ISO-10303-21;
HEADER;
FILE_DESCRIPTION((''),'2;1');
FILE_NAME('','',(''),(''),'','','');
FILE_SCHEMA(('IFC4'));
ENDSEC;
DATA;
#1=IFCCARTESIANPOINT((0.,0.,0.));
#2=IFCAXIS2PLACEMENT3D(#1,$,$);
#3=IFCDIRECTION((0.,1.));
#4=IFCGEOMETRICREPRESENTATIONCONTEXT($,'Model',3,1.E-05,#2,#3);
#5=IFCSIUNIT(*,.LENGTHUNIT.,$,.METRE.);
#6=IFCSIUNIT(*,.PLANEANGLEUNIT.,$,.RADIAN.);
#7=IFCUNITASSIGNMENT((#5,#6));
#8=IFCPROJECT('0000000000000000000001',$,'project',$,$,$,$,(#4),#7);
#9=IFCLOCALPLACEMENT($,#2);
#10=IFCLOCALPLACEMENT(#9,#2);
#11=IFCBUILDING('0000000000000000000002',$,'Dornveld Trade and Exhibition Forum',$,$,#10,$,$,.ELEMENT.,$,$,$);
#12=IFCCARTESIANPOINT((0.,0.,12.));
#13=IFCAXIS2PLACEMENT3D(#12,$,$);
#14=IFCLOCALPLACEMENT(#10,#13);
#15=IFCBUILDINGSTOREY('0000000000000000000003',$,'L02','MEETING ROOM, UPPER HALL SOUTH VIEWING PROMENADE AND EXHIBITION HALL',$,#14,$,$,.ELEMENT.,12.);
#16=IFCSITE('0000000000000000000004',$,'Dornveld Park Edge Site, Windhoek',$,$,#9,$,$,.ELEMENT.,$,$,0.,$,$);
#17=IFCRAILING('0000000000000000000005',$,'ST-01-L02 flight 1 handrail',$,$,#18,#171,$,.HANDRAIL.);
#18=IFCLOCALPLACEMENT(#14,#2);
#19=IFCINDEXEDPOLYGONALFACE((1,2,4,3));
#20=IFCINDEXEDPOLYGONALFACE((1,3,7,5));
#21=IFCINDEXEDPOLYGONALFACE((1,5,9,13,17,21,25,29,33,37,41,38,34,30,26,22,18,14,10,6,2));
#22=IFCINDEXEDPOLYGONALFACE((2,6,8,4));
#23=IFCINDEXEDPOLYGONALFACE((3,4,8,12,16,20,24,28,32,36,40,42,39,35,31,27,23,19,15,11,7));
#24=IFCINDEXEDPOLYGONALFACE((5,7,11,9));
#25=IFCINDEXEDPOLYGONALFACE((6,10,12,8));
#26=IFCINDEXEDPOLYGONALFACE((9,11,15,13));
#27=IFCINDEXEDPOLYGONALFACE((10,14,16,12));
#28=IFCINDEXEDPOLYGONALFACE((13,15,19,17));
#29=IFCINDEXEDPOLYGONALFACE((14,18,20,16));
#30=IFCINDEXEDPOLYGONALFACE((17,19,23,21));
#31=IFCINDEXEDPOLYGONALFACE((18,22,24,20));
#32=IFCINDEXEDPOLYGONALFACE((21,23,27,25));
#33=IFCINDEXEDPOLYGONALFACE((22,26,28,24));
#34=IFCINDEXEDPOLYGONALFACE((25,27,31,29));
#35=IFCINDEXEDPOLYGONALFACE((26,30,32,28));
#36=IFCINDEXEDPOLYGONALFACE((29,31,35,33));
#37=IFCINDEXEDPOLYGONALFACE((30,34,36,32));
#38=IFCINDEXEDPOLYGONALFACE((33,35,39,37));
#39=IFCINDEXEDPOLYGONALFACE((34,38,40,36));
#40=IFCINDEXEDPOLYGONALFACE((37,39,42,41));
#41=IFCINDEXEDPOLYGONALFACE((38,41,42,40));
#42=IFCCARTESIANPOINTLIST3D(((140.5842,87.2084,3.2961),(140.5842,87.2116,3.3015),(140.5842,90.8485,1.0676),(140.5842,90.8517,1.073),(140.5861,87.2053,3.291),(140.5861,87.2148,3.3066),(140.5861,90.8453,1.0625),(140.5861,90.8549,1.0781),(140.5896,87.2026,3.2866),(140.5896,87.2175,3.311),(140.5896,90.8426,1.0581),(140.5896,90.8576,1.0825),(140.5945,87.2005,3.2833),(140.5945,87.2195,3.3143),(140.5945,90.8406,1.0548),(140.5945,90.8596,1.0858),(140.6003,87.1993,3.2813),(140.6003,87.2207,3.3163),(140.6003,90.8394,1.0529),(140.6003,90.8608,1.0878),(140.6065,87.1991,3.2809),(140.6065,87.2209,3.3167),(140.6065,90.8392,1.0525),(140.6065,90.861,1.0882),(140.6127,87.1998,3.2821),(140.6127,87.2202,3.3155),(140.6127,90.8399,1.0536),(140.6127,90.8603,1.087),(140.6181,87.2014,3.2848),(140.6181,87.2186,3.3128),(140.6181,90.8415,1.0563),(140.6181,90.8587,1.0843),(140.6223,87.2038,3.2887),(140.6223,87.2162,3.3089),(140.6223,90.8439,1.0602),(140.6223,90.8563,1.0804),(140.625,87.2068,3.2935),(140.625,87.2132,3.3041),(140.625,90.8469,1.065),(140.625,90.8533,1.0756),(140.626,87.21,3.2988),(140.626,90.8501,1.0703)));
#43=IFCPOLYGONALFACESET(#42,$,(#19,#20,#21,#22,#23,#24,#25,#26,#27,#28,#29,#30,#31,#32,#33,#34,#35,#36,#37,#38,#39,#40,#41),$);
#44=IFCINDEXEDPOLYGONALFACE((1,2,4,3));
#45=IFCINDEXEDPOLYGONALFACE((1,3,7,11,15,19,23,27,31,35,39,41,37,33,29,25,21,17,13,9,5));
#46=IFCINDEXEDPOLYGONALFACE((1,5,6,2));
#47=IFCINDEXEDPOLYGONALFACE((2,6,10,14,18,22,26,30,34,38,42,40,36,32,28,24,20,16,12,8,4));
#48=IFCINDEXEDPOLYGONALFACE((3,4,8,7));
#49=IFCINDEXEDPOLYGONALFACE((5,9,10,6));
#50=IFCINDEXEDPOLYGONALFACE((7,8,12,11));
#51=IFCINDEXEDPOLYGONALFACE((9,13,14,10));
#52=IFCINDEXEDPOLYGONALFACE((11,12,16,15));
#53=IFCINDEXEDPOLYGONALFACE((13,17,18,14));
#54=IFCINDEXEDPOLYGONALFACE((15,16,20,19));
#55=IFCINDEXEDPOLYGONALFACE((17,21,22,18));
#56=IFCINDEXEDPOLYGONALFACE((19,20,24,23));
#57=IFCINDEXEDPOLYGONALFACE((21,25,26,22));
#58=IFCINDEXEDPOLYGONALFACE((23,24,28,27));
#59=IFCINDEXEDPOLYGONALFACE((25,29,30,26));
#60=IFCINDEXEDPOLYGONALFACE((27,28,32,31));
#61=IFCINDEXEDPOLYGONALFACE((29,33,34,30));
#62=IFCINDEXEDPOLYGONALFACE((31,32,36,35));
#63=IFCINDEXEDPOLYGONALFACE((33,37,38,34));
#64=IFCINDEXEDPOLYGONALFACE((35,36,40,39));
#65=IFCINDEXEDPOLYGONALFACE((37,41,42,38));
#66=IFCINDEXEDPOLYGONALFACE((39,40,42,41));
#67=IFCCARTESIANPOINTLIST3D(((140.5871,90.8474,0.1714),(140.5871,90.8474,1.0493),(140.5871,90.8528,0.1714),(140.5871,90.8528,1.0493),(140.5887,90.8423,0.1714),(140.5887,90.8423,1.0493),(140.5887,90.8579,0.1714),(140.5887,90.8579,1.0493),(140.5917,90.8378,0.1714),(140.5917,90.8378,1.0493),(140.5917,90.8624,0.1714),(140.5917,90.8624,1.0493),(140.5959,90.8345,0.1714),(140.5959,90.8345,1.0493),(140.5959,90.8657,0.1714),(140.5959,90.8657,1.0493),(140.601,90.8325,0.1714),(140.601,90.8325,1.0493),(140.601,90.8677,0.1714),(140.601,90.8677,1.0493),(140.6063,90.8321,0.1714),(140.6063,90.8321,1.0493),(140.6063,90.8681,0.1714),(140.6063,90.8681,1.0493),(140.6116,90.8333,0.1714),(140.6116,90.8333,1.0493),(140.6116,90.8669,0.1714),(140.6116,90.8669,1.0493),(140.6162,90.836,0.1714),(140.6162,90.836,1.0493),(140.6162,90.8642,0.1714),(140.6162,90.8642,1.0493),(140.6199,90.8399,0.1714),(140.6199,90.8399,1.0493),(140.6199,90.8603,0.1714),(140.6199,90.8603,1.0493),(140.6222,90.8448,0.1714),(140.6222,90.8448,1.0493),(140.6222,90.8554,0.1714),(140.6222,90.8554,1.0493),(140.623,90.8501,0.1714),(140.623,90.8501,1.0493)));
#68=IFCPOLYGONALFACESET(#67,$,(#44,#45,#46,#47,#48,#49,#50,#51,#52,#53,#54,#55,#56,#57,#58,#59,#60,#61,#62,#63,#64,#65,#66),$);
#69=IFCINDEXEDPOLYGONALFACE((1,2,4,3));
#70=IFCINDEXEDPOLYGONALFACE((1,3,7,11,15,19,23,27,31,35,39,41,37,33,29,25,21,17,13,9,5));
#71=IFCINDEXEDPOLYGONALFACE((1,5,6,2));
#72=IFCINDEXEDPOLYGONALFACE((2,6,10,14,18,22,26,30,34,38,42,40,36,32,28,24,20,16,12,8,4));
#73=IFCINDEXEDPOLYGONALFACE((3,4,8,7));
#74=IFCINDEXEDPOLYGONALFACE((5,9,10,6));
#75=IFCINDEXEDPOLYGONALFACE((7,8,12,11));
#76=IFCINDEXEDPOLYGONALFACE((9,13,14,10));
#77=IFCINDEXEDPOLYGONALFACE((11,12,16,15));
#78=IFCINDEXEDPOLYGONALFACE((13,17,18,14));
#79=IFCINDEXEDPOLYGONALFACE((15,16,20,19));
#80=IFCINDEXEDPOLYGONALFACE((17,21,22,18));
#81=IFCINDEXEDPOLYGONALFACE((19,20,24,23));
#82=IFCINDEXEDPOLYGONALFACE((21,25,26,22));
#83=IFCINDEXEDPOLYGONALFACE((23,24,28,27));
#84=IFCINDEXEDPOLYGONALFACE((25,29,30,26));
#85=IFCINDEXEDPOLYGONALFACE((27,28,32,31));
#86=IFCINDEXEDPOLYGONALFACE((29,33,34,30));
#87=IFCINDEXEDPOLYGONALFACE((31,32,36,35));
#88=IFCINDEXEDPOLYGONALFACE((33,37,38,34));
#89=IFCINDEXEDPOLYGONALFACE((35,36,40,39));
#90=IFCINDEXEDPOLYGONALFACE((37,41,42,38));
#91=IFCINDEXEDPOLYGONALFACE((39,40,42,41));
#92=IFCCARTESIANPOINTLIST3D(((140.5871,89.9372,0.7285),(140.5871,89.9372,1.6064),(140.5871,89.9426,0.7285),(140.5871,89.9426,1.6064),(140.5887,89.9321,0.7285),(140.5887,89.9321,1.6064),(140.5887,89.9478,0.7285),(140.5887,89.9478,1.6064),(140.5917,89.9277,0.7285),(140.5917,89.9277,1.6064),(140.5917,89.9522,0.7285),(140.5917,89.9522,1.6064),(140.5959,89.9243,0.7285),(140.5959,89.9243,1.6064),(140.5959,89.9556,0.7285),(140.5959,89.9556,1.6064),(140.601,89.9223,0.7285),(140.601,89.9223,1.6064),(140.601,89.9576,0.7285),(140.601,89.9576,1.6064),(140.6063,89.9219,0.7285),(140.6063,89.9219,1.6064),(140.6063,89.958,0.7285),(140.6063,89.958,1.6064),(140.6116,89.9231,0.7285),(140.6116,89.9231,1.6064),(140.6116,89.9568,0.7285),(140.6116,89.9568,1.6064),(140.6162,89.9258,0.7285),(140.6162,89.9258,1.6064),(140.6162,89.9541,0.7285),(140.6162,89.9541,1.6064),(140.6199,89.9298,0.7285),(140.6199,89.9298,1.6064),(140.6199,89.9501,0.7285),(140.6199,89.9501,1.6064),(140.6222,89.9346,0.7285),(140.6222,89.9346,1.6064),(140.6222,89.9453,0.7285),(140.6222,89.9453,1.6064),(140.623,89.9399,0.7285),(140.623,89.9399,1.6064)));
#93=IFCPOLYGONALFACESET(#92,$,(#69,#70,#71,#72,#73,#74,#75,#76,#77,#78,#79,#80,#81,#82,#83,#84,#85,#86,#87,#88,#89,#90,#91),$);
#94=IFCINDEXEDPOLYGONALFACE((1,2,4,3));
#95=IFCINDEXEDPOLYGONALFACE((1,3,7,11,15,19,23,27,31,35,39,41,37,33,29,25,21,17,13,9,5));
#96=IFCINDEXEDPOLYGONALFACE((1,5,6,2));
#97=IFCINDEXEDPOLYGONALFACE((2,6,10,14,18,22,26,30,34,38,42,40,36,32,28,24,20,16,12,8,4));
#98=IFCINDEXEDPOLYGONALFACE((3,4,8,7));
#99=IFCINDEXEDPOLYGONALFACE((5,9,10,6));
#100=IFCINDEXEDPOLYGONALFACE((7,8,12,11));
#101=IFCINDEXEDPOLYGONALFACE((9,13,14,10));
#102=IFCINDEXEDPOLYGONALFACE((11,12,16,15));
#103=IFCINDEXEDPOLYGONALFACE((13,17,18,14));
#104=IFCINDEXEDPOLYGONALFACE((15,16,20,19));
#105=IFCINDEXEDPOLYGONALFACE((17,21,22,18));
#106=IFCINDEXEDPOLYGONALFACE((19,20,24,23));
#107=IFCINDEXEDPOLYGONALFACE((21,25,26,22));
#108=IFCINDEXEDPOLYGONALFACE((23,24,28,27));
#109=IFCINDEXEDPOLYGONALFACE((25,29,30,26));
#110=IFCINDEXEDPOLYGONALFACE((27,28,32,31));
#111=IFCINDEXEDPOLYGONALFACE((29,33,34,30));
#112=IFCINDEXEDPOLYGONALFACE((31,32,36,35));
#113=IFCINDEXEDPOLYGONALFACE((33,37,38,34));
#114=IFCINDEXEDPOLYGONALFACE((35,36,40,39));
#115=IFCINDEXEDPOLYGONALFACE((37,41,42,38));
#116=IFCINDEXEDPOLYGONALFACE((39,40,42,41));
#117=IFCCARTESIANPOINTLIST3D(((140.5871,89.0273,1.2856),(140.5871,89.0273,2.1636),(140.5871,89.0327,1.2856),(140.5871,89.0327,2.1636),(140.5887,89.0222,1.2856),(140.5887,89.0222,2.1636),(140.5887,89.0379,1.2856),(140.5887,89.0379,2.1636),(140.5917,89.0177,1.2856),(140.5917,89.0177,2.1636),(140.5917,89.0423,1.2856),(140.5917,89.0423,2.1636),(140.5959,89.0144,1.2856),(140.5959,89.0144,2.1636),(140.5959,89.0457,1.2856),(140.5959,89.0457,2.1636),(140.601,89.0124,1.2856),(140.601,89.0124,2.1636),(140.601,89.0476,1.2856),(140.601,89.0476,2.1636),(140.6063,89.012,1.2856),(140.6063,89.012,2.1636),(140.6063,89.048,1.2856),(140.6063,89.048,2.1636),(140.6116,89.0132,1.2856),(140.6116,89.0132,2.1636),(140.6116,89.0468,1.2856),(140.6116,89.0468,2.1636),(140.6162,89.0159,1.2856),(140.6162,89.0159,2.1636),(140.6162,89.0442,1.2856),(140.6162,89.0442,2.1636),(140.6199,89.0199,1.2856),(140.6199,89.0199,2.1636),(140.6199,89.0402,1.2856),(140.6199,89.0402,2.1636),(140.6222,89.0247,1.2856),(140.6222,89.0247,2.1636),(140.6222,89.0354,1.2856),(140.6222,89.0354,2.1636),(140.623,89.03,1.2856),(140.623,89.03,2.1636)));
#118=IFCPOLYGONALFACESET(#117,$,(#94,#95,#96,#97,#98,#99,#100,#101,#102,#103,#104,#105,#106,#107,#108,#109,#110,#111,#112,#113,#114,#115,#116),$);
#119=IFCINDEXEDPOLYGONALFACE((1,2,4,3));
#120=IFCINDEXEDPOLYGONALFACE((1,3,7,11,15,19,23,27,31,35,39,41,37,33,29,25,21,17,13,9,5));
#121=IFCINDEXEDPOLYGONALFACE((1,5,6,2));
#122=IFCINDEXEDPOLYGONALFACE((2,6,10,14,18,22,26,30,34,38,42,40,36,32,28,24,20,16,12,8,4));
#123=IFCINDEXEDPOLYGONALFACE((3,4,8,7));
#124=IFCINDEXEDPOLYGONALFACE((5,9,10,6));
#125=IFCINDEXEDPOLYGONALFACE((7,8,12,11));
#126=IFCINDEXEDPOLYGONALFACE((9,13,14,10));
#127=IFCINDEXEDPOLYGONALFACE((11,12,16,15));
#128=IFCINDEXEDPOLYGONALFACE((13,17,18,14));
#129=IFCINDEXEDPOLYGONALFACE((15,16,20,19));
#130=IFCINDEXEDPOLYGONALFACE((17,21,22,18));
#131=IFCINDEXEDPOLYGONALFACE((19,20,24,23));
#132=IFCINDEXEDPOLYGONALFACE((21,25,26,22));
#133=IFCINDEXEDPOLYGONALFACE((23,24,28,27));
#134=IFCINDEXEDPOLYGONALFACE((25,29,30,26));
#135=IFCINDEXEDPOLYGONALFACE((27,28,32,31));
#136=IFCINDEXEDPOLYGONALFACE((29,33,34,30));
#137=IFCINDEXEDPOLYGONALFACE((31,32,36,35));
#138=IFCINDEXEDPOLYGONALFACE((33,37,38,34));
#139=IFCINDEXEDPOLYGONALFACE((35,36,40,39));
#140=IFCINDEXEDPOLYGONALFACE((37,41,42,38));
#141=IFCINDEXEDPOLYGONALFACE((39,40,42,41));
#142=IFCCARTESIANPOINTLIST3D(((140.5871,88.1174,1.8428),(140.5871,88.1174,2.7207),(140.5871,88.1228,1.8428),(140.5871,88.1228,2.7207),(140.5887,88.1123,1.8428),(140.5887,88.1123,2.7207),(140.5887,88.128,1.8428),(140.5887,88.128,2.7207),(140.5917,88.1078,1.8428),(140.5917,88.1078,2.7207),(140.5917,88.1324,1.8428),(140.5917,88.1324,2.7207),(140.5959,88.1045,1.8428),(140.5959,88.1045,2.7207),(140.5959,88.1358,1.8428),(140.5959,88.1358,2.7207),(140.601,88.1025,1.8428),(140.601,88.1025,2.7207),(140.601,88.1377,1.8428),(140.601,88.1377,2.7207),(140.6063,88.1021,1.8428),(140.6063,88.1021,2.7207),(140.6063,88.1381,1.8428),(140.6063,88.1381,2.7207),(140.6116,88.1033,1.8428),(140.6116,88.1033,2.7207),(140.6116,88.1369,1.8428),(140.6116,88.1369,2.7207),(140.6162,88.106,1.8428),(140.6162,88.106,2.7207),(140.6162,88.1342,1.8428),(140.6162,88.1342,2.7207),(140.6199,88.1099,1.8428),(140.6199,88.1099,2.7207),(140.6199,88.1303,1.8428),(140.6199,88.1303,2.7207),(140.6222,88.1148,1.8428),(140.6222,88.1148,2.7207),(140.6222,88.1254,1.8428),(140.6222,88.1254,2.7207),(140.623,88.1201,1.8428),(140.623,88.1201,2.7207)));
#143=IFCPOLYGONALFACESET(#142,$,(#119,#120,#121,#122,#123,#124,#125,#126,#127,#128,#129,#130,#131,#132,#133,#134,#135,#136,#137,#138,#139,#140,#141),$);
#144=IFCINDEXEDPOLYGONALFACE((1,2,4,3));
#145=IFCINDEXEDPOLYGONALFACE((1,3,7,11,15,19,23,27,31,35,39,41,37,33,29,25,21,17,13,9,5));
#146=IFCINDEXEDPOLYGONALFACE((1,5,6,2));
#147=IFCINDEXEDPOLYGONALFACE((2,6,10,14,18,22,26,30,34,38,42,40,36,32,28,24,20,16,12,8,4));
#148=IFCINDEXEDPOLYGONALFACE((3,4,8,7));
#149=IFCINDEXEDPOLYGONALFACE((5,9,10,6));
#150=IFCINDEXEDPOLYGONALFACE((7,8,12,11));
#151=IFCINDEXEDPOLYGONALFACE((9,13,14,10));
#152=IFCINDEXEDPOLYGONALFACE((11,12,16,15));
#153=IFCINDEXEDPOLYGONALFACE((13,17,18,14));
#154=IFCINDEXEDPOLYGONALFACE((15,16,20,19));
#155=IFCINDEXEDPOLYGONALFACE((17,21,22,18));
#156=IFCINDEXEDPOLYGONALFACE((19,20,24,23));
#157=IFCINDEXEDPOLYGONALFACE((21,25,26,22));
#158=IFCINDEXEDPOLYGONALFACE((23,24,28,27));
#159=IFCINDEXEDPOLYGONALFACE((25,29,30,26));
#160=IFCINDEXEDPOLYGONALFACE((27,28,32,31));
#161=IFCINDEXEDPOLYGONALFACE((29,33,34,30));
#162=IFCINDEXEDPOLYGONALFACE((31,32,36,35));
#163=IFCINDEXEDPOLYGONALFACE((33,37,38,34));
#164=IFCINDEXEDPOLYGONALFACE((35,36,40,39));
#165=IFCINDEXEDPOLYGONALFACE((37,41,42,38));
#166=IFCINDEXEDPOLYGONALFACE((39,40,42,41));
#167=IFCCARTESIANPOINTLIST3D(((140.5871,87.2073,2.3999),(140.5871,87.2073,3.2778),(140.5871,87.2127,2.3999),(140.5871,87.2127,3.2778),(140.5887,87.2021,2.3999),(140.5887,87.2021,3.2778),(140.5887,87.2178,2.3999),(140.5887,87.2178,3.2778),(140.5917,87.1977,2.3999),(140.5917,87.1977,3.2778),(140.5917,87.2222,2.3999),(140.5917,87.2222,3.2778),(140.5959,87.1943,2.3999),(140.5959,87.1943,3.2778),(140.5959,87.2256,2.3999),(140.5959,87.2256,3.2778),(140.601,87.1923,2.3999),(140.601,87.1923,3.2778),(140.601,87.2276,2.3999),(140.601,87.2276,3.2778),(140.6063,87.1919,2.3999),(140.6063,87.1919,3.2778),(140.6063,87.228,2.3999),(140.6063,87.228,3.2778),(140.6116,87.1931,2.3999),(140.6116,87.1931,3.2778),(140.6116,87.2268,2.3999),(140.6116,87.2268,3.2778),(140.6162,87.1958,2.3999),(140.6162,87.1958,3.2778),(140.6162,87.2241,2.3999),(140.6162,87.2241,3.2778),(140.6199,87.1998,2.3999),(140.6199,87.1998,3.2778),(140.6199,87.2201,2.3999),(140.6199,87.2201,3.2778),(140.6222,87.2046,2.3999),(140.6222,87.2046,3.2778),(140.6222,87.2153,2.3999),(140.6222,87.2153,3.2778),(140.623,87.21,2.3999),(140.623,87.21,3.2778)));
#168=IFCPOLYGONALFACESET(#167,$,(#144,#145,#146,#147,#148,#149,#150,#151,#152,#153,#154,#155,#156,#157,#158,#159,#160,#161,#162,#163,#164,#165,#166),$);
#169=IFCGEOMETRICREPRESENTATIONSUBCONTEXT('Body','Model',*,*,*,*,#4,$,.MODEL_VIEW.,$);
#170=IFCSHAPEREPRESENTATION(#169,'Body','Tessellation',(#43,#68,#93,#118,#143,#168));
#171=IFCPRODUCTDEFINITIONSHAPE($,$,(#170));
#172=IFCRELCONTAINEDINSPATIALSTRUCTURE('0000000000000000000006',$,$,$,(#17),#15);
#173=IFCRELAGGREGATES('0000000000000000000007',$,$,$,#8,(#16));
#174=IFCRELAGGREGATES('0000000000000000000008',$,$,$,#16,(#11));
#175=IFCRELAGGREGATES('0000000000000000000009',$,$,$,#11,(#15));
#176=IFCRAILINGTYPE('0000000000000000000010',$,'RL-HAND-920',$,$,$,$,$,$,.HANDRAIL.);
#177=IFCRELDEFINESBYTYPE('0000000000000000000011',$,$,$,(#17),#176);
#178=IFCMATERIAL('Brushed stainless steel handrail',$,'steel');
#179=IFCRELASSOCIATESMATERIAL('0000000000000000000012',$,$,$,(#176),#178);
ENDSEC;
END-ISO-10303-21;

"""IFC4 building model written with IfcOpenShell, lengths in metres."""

from ifc_helpers import new_model, si_unit, direction, frame, origin, origin_2d, place, context, subcontext, project, spatial, circle, extrude, material, type_object, element, save


model = new_model("IFC4")

# Units and contexts
model_context = context("Model", 3, precision=1e-05, world=origin(), true_north=direction((0.0, 1.0)))
body_context = subcontext(model_context, "Body", "Model", "MODEL_VIEW")
ifc_project = project(units=[si_unit("LENGTHUNIT", "METRE"), si_unit("PLANEANGLEUNIT", "RADIAN")], contexts=[model_context])

# Site, building, storey
site_placement = place(None, origin())
site = spatial("IfcSite", under=ifc_project, at=site_placement, Name="Dornveld Park Edge Site, Windhoek", CompositionType="ELEMENT", RefElevation=0.0)
building_placement = place(site_placement, origin())
building = spatial("IfcBuilding", under=site, at=building_placement, Name="Dornveld Trade and Exhibition Forum", CompositionType="ELEMENT")
storey_placement = place(building_placement, frame((0.0, 0.0, 12.0)))
storey = spatial("IfcBuildingStorey", under=building, at=storey_placement, Name="L02", Description="MEETING ROOM, UPPER HALL SOUTH VIEWING PROMENADE AND EXHIBITION HALL", CompositionType="ELEMENT", Elevation=12.0)

# Railing
ifc_material_1 = material(Name="Brushed stainless steel handrail", Category="steel")
railing_type_1 = type_object("IfcRailingType", Name="RL-HAND-920", PredefinedType="HANDRAIL", material=ifc_material_1)
railing_1_placement = place(storey_placement, frame((140.605, 90.8501, 0.1714)))
element("IfcRailing", 1, at=railing_1_placement, inside=storey, type_object=railing_type_1, Name="ST-01-L02 flight 1 handrail", PredefinedType="HANDRAIL", context=body_context, shape_type="SweptSolid", body=[
    extrude(circle(Radius=0.021, at=origin_2d()), frame((0.0, 0.0, 0.8989), z_axis=(0.0, -0.852866, 0.52213), x_axis=(1.0, 0.0, 0.0)), (0.0, 0.0, 1.0), 4.2681),
    extrude(circle(Radius=0.0181, at=origin_2d()), origin(), (0.0, 0.0, 1.0), 0.8779),
    extrude(circle(Radius=0.0181, at=origin_2d()), frame((0.0, -0.9102, 0.5571)), (0.0, 0.0, 1.0), 0.8779),
    extrude(circle(Radius=0.0181, at=origin_2d()), frame((0.0, -1.8201, 1.1143)), (0.0, 0.0, 1.0), 0.8779),
    extrude(circle(Radius=0.0181, at=origin_2d()), frame((0.0, -2.73, 1.6714)), (0.0, 0.0, 1.0), 0.8779),
    extrude(circle(Radius=0.0181, at=origin_2d()), frame((0.0, -3.6401, 2.2285)), (0.0, 0.0, 1.0), 0.8779),
])

save(model, "model.ifc")
